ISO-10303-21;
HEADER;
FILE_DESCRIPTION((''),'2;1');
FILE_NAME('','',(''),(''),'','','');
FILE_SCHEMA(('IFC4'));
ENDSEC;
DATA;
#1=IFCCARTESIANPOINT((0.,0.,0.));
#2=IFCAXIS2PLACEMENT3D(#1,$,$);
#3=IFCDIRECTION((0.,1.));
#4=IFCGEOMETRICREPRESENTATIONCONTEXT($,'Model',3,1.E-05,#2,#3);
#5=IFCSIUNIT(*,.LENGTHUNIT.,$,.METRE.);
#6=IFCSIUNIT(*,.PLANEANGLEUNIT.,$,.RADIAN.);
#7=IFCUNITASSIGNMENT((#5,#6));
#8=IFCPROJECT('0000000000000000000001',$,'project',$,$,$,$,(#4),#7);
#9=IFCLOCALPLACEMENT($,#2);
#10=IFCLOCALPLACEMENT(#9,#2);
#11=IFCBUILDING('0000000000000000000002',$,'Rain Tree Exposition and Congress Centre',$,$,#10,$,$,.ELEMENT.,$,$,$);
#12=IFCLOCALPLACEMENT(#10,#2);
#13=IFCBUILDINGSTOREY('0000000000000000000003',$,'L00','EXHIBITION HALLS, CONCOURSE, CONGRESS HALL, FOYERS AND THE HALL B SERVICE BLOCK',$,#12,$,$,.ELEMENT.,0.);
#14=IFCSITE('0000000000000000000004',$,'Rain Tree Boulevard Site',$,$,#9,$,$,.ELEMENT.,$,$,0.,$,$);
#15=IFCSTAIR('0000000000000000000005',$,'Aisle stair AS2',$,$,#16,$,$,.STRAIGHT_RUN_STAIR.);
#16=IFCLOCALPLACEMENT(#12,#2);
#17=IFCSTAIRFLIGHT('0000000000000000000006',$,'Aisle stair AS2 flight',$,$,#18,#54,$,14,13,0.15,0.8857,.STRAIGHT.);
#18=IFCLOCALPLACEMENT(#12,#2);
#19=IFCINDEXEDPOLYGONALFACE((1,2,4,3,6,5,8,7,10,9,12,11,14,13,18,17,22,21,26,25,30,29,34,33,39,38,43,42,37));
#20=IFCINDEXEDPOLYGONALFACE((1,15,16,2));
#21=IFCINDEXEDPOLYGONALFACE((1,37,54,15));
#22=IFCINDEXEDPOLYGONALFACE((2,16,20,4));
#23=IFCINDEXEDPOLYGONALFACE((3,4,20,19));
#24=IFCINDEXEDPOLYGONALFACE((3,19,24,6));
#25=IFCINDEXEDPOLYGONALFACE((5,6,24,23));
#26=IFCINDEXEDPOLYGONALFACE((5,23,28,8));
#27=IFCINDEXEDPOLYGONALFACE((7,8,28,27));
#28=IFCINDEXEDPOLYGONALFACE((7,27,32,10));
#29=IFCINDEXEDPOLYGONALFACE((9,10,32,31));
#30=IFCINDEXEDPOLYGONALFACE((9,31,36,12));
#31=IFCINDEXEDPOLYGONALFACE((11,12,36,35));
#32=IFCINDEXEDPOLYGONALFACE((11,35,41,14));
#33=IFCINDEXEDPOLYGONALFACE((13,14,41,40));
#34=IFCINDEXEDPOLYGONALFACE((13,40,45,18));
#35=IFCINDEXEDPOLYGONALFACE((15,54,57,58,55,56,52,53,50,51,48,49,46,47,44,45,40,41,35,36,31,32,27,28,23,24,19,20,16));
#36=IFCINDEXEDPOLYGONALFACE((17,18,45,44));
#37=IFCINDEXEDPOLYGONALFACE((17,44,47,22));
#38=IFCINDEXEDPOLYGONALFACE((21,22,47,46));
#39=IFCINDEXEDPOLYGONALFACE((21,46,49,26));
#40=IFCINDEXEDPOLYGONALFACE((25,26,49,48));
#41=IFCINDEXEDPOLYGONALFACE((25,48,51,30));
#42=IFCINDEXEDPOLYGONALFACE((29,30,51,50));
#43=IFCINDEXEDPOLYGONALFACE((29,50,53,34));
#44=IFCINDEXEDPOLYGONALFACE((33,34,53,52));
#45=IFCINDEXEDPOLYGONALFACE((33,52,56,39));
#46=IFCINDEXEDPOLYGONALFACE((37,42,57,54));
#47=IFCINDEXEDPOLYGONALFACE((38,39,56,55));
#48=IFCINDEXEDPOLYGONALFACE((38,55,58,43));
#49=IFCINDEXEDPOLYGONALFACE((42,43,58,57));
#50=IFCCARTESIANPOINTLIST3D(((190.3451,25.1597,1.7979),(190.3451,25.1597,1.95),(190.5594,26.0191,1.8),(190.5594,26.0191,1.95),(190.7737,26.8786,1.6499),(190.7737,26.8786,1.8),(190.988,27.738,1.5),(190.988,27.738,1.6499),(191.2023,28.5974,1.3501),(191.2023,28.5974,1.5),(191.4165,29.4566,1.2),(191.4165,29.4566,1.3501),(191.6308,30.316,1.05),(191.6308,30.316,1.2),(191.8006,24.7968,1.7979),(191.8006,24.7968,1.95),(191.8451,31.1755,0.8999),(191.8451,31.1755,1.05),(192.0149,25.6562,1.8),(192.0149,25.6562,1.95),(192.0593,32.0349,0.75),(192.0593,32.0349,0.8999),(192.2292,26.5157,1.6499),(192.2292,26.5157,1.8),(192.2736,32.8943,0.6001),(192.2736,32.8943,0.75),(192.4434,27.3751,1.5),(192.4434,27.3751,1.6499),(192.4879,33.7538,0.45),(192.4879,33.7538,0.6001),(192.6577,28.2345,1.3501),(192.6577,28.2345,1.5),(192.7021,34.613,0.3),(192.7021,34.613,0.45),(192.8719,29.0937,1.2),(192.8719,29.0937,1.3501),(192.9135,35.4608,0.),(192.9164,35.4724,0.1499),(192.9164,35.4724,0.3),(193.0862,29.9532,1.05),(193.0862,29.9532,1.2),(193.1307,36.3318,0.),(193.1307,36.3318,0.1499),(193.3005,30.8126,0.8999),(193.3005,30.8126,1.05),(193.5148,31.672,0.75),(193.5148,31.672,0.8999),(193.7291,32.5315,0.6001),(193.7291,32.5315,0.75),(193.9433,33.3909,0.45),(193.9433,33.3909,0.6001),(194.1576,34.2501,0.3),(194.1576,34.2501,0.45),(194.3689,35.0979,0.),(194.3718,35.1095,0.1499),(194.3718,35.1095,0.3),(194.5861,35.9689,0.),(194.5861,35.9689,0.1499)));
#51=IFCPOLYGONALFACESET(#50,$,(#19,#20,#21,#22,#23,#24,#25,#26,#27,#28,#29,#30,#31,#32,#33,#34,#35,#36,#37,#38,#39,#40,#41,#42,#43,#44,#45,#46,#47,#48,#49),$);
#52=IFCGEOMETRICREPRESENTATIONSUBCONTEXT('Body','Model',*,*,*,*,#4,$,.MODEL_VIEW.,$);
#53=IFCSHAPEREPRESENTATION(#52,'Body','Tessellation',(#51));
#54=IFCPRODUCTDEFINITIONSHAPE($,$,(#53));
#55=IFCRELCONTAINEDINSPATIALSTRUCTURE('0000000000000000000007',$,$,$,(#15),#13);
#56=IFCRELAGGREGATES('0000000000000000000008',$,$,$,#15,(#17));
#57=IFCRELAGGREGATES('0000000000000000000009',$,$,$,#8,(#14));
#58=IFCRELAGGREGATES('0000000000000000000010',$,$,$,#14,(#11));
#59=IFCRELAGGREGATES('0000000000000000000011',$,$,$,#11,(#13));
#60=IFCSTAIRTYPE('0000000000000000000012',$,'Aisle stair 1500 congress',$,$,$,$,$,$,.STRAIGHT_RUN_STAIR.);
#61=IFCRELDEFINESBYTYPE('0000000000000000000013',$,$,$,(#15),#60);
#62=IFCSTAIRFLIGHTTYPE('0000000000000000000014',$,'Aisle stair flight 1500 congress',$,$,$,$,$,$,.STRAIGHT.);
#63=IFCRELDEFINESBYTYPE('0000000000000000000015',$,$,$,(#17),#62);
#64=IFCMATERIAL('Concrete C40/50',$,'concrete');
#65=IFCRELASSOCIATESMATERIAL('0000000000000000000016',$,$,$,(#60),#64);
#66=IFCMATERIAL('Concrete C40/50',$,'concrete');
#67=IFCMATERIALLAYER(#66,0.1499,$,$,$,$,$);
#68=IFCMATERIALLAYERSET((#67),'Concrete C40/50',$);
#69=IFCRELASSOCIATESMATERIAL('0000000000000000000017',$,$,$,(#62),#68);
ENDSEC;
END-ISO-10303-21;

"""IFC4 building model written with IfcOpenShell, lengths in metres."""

from ifc_helpers import new_model, si_unit, direction, frame, origin, place, context, subcontext, project, spatial, polyline, outline, extrude, material, layer, layer_set, type_object, element, aggregate, save


model = new_model("IFC4")

# Units and contexts
model_context = context("Model", 3, precision=1e-05, world=origin(), true_north=direction((0.0, 1.0)))
body_context = subcontext(model_context, "Body", "Model", "MODEL_VIEW")
ifc_project = project(units=[si_unit("LENGTHUNIT", "METRE"), si_unit("PLANEANGLEUNIT", "RADIAN")], contexts=[model_context])

# Site, building, storey
site_placement = place(None, origin())
site = spatial("IfcSite", under=ifc_project, at=site_placement, Name="Rain Tree Boulevard Site", CompositionType="ELEMENT", RefElevation=0.0)
building_placement = place(site_placement, origin())
building = spatial("IfcBuilding", under=site, at=building_placement, Name="Rain Tree Exposition and Congress Centre", CompositionType="ELEMENT")
storey_placement = place(building_placement, origin())
storey = spatial("IfcBuildingStorey", under=building, at=storey_placement, Name="L00", Description="EXHIBITION HALLS, CONCOURSE, CONGRESS HALL, FOYERS AND THE HALL B SERVICE BLOCK", CompositionType="ELEMENT", Elevation=0.0)

# Stair, stair flight
ifc_material_1 = material(Name="Concrete C40/50", Category="concrete")
stair_type = type_object("IfcStairType", Name="Aisle stair 1500 congress", PredefinedType="STRAIGHT_RUN_STAIR", material=ifc_material_1)
ifc_material_2 = material(Name="Concrete C40/50", Category="concrete")
ifc_layer_1 = layer(ifc_material_2, 0.1499)
ifc_layer_set_1 = layer_set([ifc_layer_1], Name="Concrete C40/50")
stair_flight_type = type_object("IfcStairFlightType", Name="Aisle stair flight 1500 congress", PredefinedType="STRAIGHT", material=ifc_layer_set_1)
stair_1_placement = place(storey_placement, origin())
stair_1 = element("IfcStair", 1, at=stair_1_placement, inside=storey, type_object=stair_type, Name="Aisle stair AS2", PredefinedType="STRAIGHT_RUN_STAIR")
stair_flight_1_placement = place(storey_placement, frame((193.8584, 36.1504, 0.0), z_axis=(0.0, 0.0, 1.0), x_axis=(-0.241922, -0.970296, 0.0)))
stair_flight_1 = element("IfcStairFlight", 2, at=stair_flight_1_placement, type_object=stair_flight_type, Name="Aisle stair AS2 flight", NumberOfRisers=14, NumberOfTreads=13, PredefinedType="STRAIGHT", RiserHeight=0.15, TreadLength=0.8857, context=body_context, shape_type="SweptSolid", body=[
    extrude(outline(polyline([(0.0, 0.0), (0.0, 0.1499), (0.8857, 0.1499), (0.8857, 0.3), (1.7715, 0.3), (1.7715, 0.45), (2.657, 0.45), (2.657, 0.6001), (3.5427, 0.6001), (3.5427, 0.75), (4.4285, 0.75), (4.4285, 0.8999), (5.3142, 0.8999), (5.3142, 1.05), (6.2, 1.05), (6.2, 1.2), (7.0857, 1.2), (7.0857, 1.3501), (7.9712, 1.3501), (7.9712, 1.5), (8.8569, 1.5), (8.8569, 1.6499), (9.7427, 1.6499), (9.7427, 1.8), (10.6284, 1.8), (10.6284, 1.95), (11.5142, 1.95), (11.5142, 2.1001), (11.5142, 1.7979), (0.8977, 0.0), (0.0, 0.0)])), frame((0.0, 0.75, 0.0), z_axis=(0.0, -1.0, 0.0), x_axis=(1.0, 0.0, 0.0)), (0.0, 0.0, 1.0), 1.5),
])
aggregate(stair_1, [stair_flight_1])

save(model, "model.ifc")
